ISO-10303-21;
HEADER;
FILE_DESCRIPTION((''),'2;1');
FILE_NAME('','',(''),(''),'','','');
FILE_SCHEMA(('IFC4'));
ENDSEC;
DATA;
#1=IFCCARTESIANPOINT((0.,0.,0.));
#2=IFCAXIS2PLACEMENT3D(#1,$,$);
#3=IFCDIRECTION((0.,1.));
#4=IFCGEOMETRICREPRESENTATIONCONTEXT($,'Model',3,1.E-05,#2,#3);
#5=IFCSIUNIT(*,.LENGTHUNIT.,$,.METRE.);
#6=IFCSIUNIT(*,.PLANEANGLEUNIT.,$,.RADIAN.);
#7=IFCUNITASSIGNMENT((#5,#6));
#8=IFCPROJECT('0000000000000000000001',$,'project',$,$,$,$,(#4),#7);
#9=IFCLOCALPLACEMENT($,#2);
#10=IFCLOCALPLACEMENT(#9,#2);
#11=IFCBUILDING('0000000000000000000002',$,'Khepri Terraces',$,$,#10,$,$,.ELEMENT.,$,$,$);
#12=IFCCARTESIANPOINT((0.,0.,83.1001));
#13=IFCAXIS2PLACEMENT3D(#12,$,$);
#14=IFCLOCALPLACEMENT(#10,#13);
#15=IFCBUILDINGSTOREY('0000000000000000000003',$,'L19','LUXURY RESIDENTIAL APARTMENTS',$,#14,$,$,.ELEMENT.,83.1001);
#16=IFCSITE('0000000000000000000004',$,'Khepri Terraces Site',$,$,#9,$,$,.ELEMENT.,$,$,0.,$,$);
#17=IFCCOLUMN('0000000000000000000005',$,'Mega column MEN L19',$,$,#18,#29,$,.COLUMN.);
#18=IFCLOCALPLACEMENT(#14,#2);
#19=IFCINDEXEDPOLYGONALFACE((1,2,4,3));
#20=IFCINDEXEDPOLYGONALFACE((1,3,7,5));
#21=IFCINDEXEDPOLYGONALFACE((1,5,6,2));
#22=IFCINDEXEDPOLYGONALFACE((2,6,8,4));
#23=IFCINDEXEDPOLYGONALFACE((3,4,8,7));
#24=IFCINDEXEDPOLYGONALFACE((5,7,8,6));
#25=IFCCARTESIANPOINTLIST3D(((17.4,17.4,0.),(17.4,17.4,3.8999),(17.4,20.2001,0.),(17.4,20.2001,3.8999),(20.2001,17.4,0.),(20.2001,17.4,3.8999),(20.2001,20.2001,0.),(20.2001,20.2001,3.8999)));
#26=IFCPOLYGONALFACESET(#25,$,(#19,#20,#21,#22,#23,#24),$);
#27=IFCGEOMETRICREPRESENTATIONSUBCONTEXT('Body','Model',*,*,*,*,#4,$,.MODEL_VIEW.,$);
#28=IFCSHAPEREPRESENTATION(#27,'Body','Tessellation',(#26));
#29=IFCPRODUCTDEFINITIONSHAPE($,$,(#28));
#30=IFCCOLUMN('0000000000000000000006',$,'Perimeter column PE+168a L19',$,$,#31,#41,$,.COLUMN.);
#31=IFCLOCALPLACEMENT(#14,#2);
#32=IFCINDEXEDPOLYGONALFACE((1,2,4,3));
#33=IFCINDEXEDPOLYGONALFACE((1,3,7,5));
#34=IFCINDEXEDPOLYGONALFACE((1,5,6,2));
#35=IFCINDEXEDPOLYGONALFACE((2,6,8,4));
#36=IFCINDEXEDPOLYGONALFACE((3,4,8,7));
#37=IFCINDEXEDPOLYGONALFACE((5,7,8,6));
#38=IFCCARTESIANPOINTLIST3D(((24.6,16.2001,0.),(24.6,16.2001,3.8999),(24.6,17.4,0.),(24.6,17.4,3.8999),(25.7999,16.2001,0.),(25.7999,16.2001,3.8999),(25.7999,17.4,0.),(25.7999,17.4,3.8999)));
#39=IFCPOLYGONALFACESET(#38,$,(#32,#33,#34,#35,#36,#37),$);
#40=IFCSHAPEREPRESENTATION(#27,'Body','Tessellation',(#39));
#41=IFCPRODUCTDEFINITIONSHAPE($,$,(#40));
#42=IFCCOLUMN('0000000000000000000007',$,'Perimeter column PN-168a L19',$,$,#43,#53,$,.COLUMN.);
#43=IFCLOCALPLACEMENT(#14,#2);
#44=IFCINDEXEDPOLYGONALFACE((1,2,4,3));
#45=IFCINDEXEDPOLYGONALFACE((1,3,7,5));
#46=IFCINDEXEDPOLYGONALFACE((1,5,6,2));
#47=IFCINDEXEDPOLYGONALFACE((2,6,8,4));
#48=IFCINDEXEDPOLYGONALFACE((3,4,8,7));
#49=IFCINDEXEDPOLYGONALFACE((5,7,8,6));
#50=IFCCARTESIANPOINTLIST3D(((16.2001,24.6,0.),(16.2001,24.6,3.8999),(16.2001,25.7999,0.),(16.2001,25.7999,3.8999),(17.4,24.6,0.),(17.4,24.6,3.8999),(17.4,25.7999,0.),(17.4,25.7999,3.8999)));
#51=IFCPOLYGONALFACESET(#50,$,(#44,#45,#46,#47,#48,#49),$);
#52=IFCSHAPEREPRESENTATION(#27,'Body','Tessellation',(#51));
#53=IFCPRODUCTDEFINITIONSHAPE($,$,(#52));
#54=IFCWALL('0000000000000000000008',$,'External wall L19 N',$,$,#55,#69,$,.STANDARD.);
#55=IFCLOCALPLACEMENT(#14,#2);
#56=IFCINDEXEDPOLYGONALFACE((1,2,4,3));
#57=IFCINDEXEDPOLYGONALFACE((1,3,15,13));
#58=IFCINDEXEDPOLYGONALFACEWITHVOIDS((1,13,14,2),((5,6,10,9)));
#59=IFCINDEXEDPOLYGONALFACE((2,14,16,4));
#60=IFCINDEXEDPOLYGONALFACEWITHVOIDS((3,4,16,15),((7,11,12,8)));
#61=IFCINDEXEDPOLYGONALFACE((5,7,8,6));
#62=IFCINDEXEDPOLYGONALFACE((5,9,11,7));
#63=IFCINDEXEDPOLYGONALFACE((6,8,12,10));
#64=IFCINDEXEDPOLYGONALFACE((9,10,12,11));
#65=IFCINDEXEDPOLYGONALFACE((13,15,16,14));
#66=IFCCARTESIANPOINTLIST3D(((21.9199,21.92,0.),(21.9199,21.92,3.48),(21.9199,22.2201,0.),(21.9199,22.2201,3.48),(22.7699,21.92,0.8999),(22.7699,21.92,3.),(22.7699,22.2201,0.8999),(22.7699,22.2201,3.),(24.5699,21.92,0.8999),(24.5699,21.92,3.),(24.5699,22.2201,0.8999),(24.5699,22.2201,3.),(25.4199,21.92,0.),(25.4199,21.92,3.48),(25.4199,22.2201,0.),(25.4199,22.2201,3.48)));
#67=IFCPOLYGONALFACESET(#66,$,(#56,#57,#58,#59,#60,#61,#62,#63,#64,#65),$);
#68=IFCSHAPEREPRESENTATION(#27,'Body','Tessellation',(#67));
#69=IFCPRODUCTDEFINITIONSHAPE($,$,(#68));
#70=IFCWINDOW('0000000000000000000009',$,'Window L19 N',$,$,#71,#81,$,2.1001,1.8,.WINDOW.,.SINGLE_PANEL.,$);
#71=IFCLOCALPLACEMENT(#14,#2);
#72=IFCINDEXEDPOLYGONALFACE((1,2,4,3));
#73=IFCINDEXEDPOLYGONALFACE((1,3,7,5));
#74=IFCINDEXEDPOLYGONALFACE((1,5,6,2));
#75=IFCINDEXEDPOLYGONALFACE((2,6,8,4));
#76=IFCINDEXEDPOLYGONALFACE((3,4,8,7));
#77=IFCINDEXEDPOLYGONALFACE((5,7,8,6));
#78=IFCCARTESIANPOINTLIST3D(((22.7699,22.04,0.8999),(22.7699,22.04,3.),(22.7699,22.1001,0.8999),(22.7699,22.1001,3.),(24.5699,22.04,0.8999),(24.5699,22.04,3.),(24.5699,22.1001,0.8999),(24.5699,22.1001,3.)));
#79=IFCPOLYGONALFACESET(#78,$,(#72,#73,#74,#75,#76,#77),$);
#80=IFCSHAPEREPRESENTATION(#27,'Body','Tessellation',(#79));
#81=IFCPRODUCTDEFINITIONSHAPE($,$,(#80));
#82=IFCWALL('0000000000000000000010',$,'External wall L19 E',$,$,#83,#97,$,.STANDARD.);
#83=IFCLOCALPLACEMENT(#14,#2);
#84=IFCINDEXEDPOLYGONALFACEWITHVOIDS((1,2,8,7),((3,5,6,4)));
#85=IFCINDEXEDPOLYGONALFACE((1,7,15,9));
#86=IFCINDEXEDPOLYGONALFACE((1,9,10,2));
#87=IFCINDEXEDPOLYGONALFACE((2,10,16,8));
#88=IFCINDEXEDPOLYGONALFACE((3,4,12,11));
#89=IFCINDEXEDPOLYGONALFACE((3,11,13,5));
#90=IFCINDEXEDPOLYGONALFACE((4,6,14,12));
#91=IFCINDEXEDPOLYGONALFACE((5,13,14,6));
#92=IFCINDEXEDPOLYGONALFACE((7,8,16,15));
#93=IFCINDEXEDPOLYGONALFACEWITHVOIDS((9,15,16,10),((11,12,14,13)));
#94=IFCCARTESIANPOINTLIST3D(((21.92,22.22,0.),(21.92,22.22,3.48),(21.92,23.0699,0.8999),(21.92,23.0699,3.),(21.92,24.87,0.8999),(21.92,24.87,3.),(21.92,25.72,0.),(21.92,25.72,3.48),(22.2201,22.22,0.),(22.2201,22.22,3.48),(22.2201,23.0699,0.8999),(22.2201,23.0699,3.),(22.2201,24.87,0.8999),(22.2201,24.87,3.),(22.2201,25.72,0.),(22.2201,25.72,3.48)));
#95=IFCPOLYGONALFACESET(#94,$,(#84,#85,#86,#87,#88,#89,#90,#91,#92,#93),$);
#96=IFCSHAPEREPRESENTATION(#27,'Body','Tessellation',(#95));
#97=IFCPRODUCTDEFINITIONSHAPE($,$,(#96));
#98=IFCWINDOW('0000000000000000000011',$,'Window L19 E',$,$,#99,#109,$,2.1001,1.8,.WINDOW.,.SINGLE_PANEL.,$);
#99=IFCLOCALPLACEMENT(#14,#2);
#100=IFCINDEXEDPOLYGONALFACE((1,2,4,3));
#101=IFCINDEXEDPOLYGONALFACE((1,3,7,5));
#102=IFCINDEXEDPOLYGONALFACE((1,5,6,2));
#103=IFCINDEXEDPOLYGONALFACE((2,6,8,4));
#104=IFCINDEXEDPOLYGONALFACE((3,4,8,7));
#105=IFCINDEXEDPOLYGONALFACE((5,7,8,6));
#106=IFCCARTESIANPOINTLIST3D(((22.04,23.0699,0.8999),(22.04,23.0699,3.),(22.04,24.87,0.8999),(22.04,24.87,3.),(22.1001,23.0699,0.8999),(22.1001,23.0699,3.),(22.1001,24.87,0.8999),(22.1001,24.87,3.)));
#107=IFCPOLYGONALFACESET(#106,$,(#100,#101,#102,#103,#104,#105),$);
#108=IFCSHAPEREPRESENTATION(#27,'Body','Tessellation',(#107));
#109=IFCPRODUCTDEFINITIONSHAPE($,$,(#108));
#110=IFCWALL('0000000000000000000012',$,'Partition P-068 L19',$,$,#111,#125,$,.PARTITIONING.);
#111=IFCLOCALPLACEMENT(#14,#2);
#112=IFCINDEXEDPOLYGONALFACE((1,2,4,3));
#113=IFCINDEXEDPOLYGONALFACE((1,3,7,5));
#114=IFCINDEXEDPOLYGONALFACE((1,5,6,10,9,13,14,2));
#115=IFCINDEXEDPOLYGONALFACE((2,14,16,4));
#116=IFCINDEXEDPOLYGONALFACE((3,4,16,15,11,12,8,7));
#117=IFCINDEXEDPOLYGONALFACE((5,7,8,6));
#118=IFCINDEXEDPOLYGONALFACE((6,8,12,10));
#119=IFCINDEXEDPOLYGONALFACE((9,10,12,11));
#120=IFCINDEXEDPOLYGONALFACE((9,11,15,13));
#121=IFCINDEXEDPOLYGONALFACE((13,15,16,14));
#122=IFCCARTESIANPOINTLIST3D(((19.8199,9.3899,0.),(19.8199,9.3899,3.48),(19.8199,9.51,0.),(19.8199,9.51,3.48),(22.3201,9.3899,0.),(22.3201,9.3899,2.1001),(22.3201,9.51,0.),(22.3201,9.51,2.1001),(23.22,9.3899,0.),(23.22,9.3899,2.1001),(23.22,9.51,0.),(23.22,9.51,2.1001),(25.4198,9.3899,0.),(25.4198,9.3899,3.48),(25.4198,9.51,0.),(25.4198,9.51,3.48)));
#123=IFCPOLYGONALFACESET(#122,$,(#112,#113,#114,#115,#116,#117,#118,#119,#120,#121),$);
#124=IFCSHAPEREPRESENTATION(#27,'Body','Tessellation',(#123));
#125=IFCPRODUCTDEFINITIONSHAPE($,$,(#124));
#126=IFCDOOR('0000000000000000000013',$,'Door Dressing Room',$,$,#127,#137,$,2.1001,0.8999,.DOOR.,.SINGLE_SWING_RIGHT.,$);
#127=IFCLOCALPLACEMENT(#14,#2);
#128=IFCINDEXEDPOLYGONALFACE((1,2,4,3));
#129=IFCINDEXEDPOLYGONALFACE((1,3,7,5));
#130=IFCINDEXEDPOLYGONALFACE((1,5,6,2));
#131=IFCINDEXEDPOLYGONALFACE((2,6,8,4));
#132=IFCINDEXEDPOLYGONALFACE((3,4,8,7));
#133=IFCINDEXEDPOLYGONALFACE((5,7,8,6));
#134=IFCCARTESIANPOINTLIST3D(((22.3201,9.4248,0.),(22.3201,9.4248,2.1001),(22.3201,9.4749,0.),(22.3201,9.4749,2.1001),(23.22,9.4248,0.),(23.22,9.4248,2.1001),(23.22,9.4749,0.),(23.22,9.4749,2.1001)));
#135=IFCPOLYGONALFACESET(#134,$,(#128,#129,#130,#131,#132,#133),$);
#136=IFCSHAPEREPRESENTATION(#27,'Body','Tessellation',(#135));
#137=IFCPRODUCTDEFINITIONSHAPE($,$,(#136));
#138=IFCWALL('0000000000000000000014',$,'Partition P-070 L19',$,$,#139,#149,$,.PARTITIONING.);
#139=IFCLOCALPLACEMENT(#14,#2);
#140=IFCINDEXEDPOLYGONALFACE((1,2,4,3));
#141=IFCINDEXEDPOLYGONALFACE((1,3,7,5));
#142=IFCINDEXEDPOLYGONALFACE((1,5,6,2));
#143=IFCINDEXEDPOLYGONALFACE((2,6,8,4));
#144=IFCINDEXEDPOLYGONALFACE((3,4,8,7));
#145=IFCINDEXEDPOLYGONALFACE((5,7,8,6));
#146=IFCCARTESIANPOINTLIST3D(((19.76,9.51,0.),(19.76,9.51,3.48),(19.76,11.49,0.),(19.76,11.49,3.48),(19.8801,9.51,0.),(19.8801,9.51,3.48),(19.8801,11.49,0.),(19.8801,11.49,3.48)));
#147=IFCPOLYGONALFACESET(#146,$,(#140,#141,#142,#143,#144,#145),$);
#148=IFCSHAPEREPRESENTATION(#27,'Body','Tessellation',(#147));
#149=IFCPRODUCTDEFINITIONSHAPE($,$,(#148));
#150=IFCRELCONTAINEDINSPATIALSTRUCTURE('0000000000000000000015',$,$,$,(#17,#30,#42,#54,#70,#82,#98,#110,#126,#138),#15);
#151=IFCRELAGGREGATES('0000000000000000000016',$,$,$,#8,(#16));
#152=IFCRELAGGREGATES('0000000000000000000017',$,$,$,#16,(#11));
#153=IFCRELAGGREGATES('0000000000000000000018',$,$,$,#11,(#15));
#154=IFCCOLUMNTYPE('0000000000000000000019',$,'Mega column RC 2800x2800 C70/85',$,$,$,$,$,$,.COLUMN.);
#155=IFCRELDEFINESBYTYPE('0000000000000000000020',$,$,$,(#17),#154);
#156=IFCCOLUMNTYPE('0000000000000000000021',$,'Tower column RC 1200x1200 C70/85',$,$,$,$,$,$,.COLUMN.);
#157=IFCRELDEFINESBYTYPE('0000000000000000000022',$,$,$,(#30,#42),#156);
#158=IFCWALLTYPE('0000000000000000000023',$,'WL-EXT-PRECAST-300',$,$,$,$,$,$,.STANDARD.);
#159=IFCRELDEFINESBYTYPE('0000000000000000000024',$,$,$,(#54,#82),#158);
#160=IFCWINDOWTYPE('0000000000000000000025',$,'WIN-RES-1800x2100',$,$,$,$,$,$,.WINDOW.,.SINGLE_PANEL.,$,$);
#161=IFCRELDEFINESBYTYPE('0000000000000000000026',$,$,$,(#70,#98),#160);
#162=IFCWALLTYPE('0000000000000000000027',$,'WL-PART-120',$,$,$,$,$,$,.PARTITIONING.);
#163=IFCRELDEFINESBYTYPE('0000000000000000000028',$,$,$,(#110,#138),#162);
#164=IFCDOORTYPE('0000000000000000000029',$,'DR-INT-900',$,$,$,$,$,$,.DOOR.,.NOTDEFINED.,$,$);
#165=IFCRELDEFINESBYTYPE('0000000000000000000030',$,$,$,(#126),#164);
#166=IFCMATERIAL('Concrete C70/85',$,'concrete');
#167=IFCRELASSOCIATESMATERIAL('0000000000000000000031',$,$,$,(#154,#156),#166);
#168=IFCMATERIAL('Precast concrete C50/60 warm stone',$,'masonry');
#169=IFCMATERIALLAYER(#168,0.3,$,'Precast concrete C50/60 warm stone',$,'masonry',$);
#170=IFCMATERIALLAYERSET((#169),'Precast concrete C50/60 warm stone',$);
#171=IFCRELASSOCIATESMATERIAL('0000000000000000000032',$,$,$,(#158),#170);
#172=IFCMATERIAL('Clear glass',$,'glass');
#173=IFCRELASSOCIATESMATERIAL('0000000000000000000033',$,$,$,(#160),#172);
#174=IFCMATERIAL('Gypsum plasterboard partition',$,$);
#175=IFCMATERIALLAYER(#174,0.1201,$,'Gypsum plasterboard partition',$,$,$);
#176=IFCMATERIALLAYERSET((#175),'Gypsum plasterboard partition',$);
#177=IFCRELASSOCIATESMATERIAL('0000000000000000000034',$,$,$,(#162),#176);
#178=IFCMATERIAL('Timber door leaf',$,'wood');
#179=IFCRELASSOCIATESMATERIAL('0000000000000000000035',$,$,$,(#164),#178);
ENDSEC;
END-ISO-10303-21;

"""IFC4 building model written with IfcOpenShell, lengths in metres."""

from ifc_helpers import new_model, si_unit, direction, frame, frame_2d, origin, origin_2d, place, context, subcontext, project, spatial, rectangle, extrude, material, layer, layer_set, material_profile, profile_set, type_object, element, fill, save


model = new_model("IFC4")

# Units and contexts
model_context = context("Model", 3, precision=1e-05, world=origin(), true_north=direction((0.0, 1.0)))
body_context = subcontext(model_context, "Body", "Model", "MODEL_VIEW")
ifc_project = project(units=[si_unit("LENGTHUNIT", "METRE"), si_unit("PLANEANGLEUNIT", "RADIAN")], contexts=[model_context])

# Site, building, storey
site_placement = place(None, origin())
site = spatial("IfcSite", under=ifc_project, at=site_placement, Name="Khepri Terraces Site", CompositionType="ELEMENT", RefElevation=0.0)
building_placement = place(site_placement, origin())
building = spatial("IfcBuilding", under=site, at=building_placement, Name="Khepri Terraces", CompositionType="ELEMENT")
storey_placement = place(building_placement, frame((0.0, 0.0, 83.1001)))
storey = spatial("IfcBuildingStorey", under=building, at=storey_placement, Name="L19", Description="LUXURY RESIDENTIAL APARTMENTS", CompositionType="ELEMENT", Elevation=83.1001)

# Columns
ifc_material_1 = material(Name="Concrete C70/85", Category="concrete")
ifc_material_profile_1 = material_profile(ifc_material_1, rectangle(XDim=2.8, YDim=2.8, at=origin_2d()), Name="Concrete C70/85", Category="concrete")
ifc_profile_set_1 = profile_set([ifc_material_profile_1], Name="Concrete C70/85")
column_type_1 = type_object("IfcColumnType", Name="Mega column RC 2800x2800 C70/85", PredefinedType="COLUMN", material=ifc_profile_set_1)
column_placement = place(storey_placement, frame((18.8, 18.8, 0.0), z_axis=(0.0, 0.0, 1.0), x_axis=(1.0, 0.0, 0.0)))
element("IfcColumn", 1, at=column_placement, inside=storey, type_object=column_type_1, Name="Mega column MEN L19", PredefinedType="COLUMN", context=body_context, shape_type="SweptSolid", body=[
    extrude(rectangle(XDim=2.8, YDim=2.8, at=origin_2d()), origin(), (0.0, 0.0, 1.0), 3.8999),
])
ifc_material_profile_2 = material_profile(ifc_material_1, rectangle(XDim=1.2, YDim=1.2, at=origin_2d()), Name="Concrete C70/85", Category="concrete")
ifc_profile_set_2 = profile_set([ifc_material_profile_2], Name="Concrete C70/85")
column_type_2 = type_object("IfcColumnType", Name="Tower column RC 1200x1200 C70/85", PredefinedType="COLUMN", material=ifc_profile_set_2)
for number, where, z_axis, x_axis, name in (
    (2, (25.2, 16.8, 0.0), (0.0, 0.0, 1.0), (1.0, 0.0, 0.0), "Perimeter column PE+168a L19"),
    (3, (16.8, 25.2, 0.0), (0.0, 0.0, 1.0), (1.0, 0.0, 0.0), "Perimeter column PN-168a L19"),
):
    element("IfcColumn", number, at=place(storey_placement, frame(where, z_axis=z_axis, x_axis=x_axis)), inside=storey, type_object=column_type_2, Name=name, PredefinedType="COLUMN", context=body_context, shape_type="SweptSolid", body=[
        extrude(rectangle(XDim=1.2, YDim=1.2, at=origin_2d()), origin(), (0.0, 0.0, 1.0), 3.8999),
    ])

# Shared definitions
ifc_material_2 = material(Name="Precast concrete C50/60 warm stone", Category="masonry")
ifc_layer_1 = layer(ifc_material_2, 0.3, Name="Precast concrete C50/60 warm stone", Category="masonry")
ifc_layer_set_1 = layer_set([ifc_layer_1], Name="Precast concrete C50/60 warm stone")
wall_type_1 = type_object("IfcWallType", Name="WL-EXT-PRECAST-300", PredefinedType="STANDARD", material=ifc_layer_set_1)
ifc_material_3 = material(Name="Clear glass", Category="glass")
window_type = type_object("IfcWindowType", Name="WIN-RES-1800x2100", PartitioningType="SINGLE_PANEL", PredefinedType="WINDOW", material=ifc_material_3)

# Walls, openings, windows
wall_1_placement = place(storey_placement, frame((25.4199, 22.0701, 0.0), z_axis=(0.0, 0.0, 1.0), x_axis=(-1.0, 0.0, 0.0)))
wall_1 = element("IfcWall", 4, at=wall_1_placement, inside=storey, type_object=wall_type_1, Name="External wall L19 N", PredefinedType="STANDARD", context=body_context, shape_type="SweptSolid", body=[
    extrude(rectangle(XDim=3.5, YDim=0.3, at=frame_2d((1.75, 0.0))), origin(), (0.0, 0.0, 1.0), 3.48),
])
opening_1_placement = place(wall_1_placement, frame((0.8501, 0.0, 0.8999)))
opening_1 = element("IfcOpeningElement", 5, at=opening_1_placement, cuts=wall_1, PredefinedType="OPENING", context=body_context, shape_type="SweptSolid", body=[
    extrude(rectangle(XDim=1.8, YDim=2.1001, at=frame_2d((0.8999, 1.05))), frame((0.0, 0.1602, 0.0), z_axis=(0.0, -1.0, 0.0), x_axis=(1.0, 0.0, 0.0)), (0.0, 0.0, 1.0), 0.3201),
])
window_1_placement = place(opening_1_placement, origin())
window_1 = element("IfcWindow", 6, at=window_1_placement, inside=storey, type_object=window_type, Name="Window L19 N", OverallHeight=2.1001, OverallWidth=1.8, PartitioningType="SINGLE_PANEL", PredefinedType="WINDOW", context=body_context, shape_type="SweptSolid", body=[
    extrude(rectangle(XDim=1.8, YDim=2.1001, at=frame_2d((0.8999, 1.05))), frame((0.0, 0.03, 0.0), z_axis=(0.0, -1.0, 0.0), x_axis=(1.0, 0.0, 0.0)), (0.0, 0.0, 1.0), 0.0601),
])
fill(opening_1, window_1)
wall_2_placement = place(storey_placement, frame((22.0701, 22.22, 0.0), z_axis=(0.0, 0.0, 1.0), x_axis=(0.0, 1.0, 0.0)))
wall_2 = element("IfcWall", 7, at=wall_2_placement, inside=storey, type_object=wall_type_1, Name="External wall L19 E", PredefinedType="STANDARD", context=body_context, shape_type="SweptSolid", body=[
    extrude(rectangle(XDim=3.5, YDim=0.3, at=frame_2d((1.75, 0.0))), origin(), (0.0, 0.0, 1.0), 3.48),
])
opening_2_placement = place(wall_2_placement, frame((0.8501, 0.0, 0.8999)))
opening_2 = element("IfcOpeningElement", 8, at=opening_2_placement, cuts=wall_2, PredefinedType="OPENING", context=body_context, shape_type="SweptSolid", body=[
    extrude(rectangle(XDim=1.8, YDim=2.1001, at=frame_2d((0.8999, 1.05))), frame((0.0, 0.1602, 0.0), z_axis=(0.0, -1.0, 0.0), x_axis=(1.0, 0.0, 0.0)), (0.0, 0.0, 1.0), 0.3201),
])
window_2_placement = place(opening_2_placement, origin())
window_2 = element("IfcWindow", 9, at=window_2_placement, inside=storey, type_object=window_type, Name="Window L19 E", OverallHeight=2.1001, OverallWidth=1.8, PartitioningType="SINGLE_PANEL", PredefinedType="WINDOW", context=body_context, shape_type="SweptSolid", body=[
    extrude(rectangle(XDim=1.8, YDim=2.1001, at=frame_2d((0.8999, 1.05))), frame((0.0, 0.03, 0.0), z_axis=(0.0, -1.0, 0.0), x_axis=(1.0, 0.0, 0.0)), (0.0, 0.0, 1.0), 0.0601),
])
fill(opening_2, window_2)

# Wall, opening, door
ifc_material_4 = material(Name="Gypsum plasterboard partition")
ifc_layer_2 = layer(ifc_material_4, 0.1201, Name="Gypsum plasterboard partition")
ifc_layer_set_2 = layer_set([ifc_layer_2], Name="Gypsum plasterboard partition")
wall_type_2 = type_object("IfcWallType", Name="WL-PART-120", PredefinedType="PARTITIONING", material=ifc_layer_set_2)
wall_3_placement = place(storey_placement, frame((19.8201, 9.45, 0.0), z_axis=(0.0, 0.0, 1.0), x_axis=(1.0, 0.0, 0.0)))
wall_3 = element("IfcWall", 10, at=wall_3_placement, inside=storey, type_object=wall_type_2, Name="Partition P-068 L19", PredefinedType="PARTITIONING", context=body_context, shape_type="SweptSolid", body=[
    extrude(rectangle(XDim=5.5999, YDim=0.1201, at=frame_2d((2.7998, 0.0))), origin(), (0.0, 0.0, 1.0), 3.48),
])
opening_3_placement = place(wall_3_placement, frame((2.5, 0.0, 0.0)))
opening_3 = element("IfcOpeningElement", 11, at=opening_3_placement, cuts=wall_3, PredefinedType="OPENING", context=body_context, shape_type="SweptSolid", body=[
    extrude(rectangle(XDim=0.8999, YDim=2.1001, at=frame_2d((0.45, 1.05))), frame((0.0, 0.0701, 0.0), z_axis=(0.0, -1.0, 0.0), x_axis=(1.0, 0.0, 0.0)), (0.0, 0.0, 1.0), 0.1401),
])
ifc_material_5 = material(Name="Timber door leaf", Category="wood")
door_type_1 = type_object("IfcDoorType", Name="DR-INT-900", OperationType="NOTDEFINED", PredefinedType="DOOR", material=ifc_material_5)
door_1_placement = place(opening_3_placement, origin())
door_1 = element("IfcDoor", 12, at=door_1_placement, inside=storey, type_object=door_type_1, Name="Door Dressing Room", OperationType="SINGLE_SWING_RIGHT", OverallHeight=2.1001, OverallWidth=0.8999, PredefinedType="DOOR", context=body_context, shape_type="SweptSolid", body=[
    extrude(rectangle(XDim=0.8999, YDim=2.1001, at=frame_2d((0.45, 1.05))), frame((0.0, 0.0249, 0.0), z_axis=(0.0, -1.0, 0.0), x_axis=(1.0, 0.0, 0.0)), (0.0, 0.0, 1.0), 0.05),
])
fill(opening_3, door_1)

# Wall
wall_4_placement = place(storey_placement, frame((19.8201, 9.51, 0.0), z_axis=(0.0, 0.0, 1.0), x_axis=(0.0, 1.0, 0.0)))
element("IfcWall", 13, at=wall_4_placement, inside=storey, type_object=wall_type_2, Name="Partition P-070 L19", PredefinedType="PARTITIONING", context=body_context, shape_type="SweptSolid", body=[
    extrude(rectangle(XDim=1.98, YDim=0.1201, at=frame_2d((0.99, 0.0))), origin(), (0.0, 0.0, 1.0), 3.48),
])

save(model, "model.ifc")
